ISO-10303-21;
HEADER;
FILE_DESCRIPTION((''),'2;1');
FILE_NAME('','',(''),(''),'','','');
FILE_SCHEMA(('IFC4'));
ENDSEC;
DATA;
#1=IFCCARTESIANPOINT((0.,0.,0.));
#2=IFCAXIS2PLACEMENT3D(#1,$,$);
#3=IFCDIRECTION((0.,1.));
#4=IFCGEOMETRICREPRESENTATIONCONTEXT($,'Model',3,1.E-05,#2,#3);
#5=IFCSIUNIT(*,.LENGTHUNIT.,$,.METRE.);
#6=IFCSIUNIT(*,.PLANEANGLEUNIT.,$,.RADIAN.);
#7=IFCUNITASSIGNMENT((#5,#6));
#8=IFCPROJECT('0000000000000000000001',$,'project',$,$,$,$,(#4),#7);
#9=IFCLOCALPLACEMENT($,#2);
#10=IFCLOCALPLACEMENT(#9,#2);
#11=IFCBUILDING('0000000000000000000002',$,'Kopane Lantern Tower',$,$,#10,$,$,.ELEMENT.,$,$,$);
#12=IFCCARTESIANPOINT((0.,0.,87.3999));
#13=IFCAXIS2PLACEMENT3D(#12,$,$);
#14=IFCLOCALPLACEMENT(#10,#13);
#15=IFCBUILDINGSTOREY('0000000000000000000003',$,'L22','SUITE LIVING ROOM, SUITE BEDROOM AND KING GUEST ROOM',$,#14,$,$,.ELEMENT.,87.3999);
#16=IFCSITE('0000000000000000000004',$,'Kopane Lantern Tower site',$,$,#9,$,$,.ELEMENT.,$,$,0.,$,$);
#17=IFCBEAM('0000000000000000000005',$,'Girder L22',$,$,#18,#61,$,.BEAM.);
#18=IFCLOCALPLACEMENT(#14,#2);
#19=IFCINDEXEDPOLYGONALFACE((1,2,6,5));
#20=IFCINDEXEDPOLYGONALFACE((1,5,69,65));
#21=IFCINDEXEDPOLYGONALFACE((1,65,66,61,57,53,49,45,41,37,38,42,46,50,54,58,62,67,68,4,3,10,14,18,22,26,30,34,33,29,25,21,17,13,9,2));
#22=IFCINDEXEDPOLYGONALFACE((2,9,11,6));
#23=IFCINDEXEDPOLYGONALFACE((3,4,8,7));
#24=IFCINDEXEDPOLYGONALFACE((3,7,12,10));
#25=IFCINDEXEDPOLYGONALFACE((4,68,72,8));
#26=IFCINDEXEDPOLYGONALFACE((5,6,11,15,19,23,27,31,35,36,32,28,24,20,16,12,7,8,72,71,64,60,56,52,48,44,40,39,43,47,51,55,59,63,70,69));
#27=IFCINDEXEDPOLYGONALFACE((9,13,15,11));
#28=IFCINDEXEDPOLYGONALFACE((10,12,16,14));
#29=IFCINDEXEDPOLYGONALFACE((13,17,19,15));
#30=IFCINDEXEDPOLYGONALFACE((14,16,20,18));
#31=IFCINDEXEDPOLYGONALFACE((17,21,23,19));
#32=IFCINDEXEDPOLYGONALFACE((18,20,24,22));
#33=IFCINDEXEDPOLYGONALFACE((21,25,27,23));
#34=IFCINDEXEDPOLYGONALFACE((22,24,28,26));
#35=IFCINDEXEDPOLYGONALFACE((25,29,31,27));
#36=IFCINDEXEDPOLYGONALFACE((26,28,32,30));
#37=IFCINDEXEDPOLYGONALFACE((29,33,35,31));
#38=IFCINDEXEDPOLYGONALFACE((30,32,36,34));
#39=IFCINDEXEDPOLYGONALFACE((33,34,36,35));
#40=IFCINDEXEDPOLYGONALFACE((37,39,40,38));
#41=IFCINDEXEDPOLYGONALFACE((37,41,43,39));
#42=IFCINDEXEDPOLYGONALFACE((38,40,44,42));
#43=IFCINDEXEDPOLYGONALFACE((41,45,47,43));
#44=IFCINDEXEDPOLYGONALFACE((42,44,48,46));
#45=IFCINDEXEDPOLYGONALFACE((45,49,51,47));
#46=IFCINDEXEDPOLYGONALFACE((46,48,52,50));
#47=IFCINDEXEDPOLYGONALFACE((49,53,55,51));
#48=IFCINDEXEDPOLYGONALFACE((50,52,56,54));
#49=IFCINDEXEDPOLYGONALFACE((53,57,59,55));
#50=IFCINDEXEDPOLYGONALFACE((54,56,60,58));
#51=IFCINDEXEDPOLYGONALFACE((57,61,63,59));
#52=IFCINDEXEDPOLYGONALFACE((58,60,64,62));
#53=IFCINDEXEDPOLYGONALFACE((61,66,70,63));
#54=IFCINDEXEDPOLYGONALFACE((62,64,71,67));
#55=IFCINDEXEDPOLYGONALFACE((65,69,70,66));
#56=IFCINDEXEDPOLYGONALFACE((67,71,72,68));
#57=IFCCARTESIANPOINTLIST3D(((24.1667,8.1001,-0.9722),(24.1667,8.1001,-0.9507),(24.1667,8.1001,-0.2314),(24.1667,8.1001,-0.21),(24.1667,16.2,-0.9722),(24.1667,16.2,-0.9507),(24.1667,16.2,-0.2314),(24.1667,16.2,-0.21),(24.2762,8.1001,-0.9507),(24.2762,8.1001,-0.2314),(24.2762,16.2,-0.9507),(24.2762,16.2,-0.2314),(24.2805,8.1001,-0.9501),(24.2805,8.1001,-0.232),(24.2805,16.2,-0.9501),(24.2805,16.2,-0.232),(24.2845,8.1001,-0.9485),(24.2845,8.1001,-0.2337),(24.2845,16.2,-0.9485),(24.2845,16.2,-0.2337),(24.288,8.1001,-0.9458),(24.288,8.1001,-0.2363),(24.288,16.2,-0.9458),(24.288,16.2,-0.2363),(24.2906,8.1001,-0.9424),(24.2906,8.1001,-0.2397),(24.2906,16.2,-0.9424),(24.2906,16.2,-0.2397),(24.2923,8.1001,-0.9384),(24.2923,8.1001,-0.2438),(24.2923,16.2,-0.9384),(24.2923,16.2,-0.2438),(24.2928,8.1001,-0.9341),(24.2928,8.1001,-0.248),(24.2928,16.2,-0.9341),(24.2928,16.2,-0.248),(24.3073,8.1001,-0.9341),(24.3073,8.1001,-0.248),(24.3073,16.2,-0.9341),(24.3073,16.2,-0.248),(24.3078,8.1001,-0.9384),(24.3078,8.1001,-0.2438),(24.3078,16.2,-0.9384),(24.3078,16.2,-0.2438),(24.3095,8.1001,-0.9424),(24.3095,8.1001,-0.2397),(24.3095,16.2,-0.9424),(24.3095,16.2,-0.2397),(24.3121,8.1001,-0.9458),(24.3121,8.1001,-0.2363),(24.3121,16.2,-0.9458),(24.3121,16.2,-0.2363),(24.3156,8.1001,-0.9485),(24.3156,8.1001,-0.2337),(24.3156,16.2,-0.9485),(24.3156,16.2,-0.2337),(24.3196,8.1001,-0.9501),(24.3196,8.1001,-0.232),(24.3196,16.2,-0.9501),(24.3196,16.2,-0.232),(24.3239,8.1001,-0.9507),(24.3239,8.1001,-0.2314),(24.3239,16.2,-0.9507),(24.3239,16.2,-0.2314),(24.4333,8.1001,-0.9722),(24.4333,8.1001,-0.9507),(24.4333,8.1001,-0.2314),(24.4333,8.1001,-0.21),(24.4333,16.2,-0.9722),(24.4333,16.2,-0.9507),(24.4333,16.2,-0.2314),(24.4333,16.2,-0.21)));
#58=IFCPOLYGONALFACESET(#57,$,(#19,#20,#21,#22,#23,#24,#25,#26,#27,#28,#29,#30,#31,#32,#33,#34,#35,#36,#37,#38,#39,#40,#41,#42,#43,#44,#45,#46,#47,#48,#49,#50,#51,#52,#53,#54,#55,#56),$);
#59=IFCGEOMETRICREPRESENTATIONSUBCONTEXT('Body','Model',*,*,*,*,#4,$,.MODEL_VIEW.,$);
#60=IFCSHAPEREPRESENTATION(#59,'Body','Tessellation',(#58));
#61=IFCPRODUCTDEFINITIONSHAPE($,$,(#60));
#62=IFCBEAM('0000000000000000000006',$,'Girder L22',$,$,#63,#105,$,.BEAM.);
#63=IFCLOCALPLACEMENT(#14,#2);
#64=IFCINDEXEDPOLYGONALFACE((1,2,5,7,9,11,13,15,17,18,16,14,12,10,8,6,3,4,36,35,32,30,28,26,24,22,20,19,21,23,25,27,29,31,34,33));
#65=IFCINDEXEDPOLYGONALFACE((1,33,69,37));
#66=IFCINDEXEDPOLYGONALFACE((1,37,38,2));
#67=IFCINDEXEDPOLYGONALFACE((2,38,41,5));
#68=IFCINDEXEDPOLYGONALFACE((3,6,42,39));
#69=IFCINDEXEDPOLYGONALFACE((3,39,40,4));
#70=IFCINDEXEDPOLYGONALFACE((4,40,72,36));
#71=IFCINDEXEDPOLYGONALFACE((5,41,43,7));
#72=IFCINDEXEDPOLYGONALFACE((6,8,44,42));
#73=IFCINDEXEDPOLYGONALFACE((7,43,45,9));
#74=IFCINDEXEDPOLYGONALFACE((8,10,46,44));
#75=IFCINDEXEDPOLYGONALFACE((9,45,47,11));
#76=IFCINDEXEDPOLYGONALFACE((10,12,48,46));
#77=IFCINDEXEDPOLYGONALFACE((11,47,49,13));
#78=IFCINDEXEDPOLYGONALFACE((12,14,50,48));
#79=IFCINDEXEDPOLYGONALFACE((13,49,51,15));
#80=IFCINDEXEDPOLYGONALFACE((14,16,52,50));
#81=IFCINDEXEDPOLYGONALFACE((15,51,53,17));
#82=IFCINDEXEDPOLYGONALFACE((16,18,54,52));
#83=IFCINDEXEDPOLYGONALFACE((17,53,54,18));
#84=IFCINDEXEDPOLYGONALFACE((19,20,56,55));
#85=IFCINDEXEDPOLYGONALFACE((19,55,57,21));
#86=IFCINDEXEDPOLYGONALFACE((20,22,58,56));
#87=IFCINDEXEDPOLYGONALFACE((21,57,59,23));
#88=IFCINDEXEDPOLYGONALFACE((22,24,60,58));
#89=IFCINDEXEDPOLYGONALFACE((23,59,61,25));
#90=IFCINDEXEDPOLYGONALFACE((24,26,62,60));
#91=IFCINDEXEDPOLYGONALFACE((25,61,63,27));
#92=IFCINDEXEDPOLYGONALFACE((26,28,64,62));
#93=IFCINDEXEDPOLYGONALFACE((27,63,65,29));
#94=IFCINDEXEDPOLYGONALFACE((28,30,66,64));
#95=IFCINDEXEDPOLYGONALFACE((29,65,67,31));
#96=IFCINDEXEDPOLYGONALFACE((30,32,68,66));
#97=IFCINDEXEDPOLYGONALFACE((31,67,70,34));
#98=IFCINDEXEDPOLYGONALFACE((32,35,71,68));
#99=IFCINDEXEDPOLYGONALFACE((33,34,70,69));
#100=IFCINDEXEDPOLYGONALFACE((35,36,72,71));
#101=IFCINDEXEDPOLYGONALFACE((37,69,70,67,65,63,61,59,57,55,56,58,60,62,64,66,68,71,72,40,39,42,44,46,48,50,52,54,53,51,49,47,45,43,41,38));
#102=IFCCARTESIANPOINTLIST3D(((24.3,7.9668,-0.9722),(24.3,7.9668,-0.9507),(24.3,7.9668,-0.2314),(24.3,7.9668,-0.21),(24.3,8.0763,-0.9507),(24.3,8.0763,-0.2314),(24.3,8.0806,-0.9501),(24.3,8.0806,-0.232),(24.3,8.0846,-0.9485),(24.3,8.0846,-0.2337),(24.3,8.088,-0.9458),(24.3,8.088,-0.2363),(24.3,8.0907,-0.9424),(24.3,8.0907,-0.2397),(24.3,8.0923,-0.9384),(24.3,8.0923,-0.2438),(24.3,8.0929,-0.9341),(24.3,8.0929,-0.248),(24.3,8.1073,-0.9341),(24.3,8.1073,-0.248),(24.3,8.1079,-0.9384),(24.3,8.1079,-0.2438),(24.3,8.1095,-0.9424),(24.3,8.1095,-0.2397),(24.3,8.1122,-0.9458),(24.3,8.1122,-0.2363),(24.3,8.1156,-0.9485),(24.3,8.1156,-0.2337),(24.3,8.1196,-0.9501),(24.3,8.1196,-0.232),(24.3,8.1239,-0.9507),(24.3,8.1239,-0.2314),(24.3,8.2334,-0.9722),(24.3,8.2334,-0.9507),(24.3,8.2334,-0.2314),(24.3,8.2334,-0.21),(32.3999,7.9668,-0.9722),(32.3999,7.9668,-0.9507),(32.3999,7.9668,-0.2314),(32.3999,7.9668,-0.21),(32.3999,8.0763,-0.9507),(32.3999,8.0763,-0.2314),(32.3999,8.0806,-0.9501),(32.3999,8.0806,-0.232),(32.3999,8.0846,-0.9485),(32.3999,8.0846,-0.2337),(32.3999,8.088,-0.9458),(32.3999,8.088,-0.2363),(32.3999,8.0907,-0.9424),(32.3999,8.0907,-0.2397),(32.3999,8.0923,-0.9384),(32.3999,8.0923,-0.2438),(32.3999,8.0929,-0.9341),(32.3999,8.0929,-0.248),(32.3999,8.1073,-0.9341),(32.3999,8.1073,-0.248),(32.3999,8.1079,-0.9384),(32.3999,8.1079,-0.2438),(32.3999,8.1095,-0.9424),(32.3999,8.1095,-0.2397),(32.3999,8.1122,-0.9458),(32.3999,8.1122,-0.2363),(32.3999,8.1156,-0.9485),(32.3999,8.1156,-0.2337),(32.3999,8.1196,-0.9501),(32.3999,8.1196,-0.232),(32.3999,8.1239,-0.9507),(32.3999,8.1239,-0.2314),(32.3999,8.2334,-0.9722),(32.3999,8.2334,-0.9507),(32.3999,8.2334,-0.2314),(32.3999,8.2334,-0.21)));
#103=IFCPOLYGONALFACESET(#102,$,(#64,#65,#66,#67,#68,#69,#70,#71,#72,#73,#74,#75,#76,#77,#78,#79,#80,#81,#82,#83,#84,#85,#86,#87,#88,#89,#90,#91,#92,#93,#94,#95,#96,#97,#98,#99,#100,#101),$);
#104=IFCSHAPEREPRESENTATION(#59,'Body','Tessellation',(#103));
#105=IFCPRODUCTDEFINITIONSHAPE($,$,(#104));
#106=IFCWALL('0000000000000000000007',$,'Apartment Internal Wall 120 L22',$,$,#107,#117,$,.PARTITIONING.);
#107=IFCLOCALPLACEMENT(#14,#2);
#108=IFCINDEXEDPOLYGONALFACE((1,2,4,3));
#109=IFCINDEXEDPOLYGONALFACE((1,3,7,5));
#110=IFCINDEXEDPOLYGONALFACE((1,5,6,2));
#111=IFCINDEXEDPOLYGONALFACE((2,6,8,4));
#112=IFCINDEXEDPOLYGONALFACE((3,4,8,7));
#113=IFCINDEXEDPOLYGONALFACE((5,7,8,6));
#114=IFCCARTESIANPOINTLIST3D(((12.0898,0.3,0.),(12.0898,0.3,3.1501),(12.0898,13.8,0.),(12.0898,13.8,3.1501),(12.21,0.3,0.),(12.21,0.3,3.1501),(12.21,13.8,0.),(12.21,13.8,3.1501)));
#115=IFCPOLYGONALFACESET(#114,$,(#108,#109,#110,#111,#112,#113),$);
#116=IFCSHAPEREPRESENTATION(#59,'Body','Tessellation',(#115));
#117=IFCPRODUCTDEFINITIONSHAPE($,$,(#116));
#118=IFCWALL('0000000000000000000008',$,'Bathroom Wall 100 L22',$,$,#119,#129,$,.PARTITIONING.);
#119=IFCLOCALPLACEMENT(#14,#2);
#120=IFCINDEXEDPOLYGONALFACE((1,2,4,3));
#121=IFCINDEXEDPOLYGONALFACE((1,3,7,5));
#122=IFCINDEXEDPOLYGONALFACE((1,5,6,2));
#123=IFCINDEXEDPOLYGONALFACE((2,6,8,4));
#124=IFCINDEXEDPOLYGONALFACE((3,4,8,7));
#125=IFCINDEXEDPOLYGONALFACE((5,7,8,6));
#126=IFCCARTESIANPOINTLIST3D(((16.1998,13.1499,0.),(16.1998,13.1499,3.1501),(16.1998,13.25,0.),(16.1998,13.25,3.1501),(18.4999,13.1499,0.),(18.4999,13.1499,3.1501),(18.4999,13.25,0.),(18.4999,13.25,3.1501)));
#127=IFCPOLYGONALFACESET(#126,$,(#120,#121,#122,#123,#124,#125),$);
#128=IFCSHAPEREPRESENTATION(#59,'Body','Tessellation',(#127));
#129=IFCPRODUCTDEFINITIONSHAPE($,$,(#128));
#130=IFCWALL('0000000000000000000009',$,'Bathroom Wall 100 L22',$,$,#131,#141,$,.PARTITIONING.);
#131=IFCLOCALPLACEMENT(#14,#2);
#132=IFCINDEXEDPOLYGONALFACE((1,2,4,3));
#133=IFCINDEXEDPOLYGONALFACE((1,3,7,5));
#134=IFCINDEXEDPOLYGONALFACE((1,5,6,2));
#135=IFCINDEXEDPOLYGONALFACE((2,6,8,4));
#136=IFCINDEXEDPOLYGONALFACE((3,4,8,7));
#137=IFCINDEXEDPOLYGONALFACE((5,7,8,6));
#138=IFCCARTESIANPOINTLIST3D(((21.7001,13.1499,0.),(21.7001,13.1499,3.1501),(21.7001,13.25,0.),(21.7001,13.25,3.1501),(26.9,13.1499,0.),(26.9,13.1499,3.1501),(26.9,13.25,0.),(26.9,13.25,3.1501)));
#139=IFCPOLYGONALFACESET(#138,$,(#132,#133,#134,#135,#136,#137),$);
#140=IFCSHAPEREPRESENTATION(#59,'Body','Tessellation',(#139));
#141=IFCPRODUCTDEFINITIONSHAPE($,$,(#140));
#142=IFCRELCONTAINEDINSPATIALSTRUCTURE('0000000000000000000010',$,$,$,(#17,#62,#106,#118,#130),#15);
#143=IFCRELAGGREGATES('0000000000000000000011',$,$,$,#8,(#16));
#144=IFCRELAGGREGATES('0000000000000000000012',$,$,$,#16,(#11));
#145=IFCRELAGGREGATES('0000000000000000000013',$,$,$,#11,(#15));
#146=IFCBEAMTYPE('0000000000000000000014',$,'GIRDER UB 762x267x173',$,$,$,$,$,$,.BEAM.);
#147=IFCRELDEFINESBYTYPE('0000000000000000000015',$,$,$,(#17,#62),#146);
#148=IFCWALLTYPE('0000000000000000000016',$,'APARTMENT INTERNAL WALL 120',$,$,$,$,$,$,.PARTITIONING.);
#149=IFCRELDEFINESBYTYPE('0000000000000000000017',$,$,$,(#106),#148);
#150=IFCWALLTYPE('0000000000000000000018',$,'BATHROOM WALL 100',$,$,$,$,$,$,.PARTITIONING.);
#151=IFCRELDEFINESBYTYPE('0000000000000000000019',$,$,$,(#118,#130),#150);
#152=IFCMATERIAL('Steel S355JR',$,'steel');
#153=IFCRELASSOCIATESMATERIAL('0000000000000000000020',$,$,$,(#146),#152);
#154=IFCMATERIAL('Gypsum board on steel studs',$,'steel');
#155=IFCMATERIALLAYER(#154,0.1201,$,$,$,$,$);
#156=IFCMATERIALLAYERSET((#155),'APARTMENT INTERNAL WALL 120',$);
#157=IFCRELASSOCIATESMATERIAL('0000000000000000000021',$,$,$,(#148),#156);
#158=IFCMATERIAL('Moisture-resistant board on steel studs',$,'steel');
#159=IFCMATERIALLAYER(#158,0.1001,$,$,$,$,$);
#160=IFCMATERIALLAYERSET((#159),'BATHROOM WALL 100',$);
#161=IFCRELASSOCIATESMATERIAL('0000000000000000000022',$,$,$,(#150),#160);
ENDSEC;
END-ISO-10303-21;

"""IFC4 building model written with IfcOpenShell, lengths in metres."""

from ifc_helpers import new_model, si_unit, direction, frame, frame_2d, origin, origin_2d, place, context, subcontext, project, spatial, rectangle, i_section, extrude, material, layer, layer_set, material_profile, profile_set, type_object, element, save


model = new_model("IFC4")

# Units and contexts
model_context = context("Model", 3, precision=1e-05, world=origin(), true_north=direction((0.0, 1.0)))
body_context = subcontext(model_context, "Body", "Model", "MODEL_VIEW")
ifc_project = project(units=[si_unit("LENGTHUNIT", "METRE"), si_unit("PLANEANGLEUNIT", "RADIAN")], contexts=[model_context])

# Site, building, storey
site_placement = place(None, origin())
site = spatial("IfcSite", under=ifc_project, at=site_placement, Name="Kopane Lantern Tower site", CompositionType="ELEMENT", RefElevation=0.0)
building_placement = place(site_placement, origin())
building = spatial("IfcBuilding", under=site, at=building_placement, Name="Kopane Lantern Tower", CompositionType="ELEMENT")
storey_placement = place(building_placement, frame((0.0, 0.0, 87.3999)))
storey = spatial("IfcBuildingStorey", under=building, at=storey_placement, Name="L22", Description="SUITE LIVING ROOM, SUITE BEDROOM AND KING GUEST ROOM", CompositionType="ELEMENT", Elevation=87.3999)

# Beams
ifc_material_1 = material(Name="Steel S355JR", Category="steel")
ifc_material_profile_1 = material_profile(ifc_material_1, i_section(OverallWidth=0.2666, OverallDepth=0.7622, WebThickness=0.0144, FlangeThickness=0.0215, FilletRadius=0.0166, at=origin_2d()), Name="UB 762x267x173")
ifc_profile_set_1 = profile_set([ifc_material_profile_1], Name="Steel S355JR")
beam_type = type_object("IfcBeamType", Name="GIRDER UB 762x267x173", PredefinedType="BEAM", material=ifc_profile_set_1)
for number, where, z_axis, x_axis, name in (
    (1, (24.3, 8.1001, -0.5911), (0.0, 1.0, 0.0), (-1.0, 0.0, 0.0), "Girder L22"),
    (2, (24.3, 8.1001, -0.5911), (1.0, 0.0, 0.0), (0.0, 1.0, 0.0), "Girder L22"),
):
    element("IfcBeam", number, at=place(storey_placement, frame(where, z_axis=z_axis, x_axis=x_axis)), inside=storey, type_object=beam_type, Name=name, PredefinedType="BEAM", context=body_context, shape_type="SweptSolid", body=[
        extrude(i_section(OverallWidth=0.2666, OverallDepth=0.7622, WebThickness=0.0144, FlangeThickness=0.0215, FilletRadius=0.0166, at=origin_2d()), origin(), (0.0, 0.0, 1.0), 8.0999),
    ])

# Walls
ifc_material_2 = material(Name="Gypsum board on steel studs", Category="steel")
ifc_layer_1 = layer(ifc_material_2, 0.1201)
ifc_layer_set_1 = layer_set([ifc_layer_1], Name="APARTMENT INTERNAL WALL 120")
wall_type_1 = type_object("IfcWallType", Name="APARTMENT INTERNAL WALL 120", PredefinedType="PARTITIONING", material=ifc_layer_set_1)
wall_1_placement = place(storey_placement, frame((12.1499, 13.8, 0.0), z_axis=(0.0, 0.0, 1.0), x_axis=(0.0, -1.0, 0.0)))
element("IfcWall", 3, at=wall_1_placement, inside=storey, type_object=wall_type_1, Name="Apartment Internal Wall 120 L22", PredefinedType="PARTITIONING", context=body_context, shape_type="SweptSolid", body=[
    extrude(rectangle(XDim=13.5, YDim=0.1201, at=frame_2d((6.75, 0.0))), origin(), (0.0, 0.0, 1.0), 3.1501),
])
ifc_material_3 = material(Name="Moisture-resistant board on steel studs", Category="steel")
ifc_layer_2 = layer(ifc_material_3, 0.1001)
ifc_layer_set_2 = layer_set([ifc_layer_2], Name="BATHROOM WALL 100")
wall_type_2 = type_object("IfcWallType", Name="BATHROOM WALL 100", PredefinedType="PARTITIONING", material=ifc_layer_set_2)
wall_2_placement = place(storey_placement, frame((16.2, 13.2, 0.0), z_axis=(0.0, 0.0, 1.0), x_axis=(1.0, 0.0, 0.0)))
element("IfcWall", 4, at=wall_2_placement, inside=storey, type_object=wall_type_2, Name="Bathroom Wall 100 L22", PredefinedType="PARTITIONING", context=body_context, shape_type="SweptSolid", body=[
    extrude(rectangle(XDim=2.3, YDim=0.1001, at=frame_2d((1.1499, 0.0))), origin(), (0.0, 0.0, 1.0), 3.1501),
])
wall_3_placement = place(storey_placement, frame((21.7, 13.2, 0.0), z_axis=(0.0, 0.0, 1.0), x_axis=(1.0, 0.0, 0.0)))
element("IfcWall", 5, at=wall_3_placement, inside=storey, type_object=wall_type_2, Name="Bathroom Wall 100 L22", PredefinedType="PARTITIONING", context=body_context, shape_type="SweptSolid", body=[
    extrude(rectangle(XDim=5.2, YDim=0.1001, at=frame_2d((2.6001, 0.0))), origin(), (0.0, 0.0, 1.0), 3.1501),
])

save(model, "model.ifc")
